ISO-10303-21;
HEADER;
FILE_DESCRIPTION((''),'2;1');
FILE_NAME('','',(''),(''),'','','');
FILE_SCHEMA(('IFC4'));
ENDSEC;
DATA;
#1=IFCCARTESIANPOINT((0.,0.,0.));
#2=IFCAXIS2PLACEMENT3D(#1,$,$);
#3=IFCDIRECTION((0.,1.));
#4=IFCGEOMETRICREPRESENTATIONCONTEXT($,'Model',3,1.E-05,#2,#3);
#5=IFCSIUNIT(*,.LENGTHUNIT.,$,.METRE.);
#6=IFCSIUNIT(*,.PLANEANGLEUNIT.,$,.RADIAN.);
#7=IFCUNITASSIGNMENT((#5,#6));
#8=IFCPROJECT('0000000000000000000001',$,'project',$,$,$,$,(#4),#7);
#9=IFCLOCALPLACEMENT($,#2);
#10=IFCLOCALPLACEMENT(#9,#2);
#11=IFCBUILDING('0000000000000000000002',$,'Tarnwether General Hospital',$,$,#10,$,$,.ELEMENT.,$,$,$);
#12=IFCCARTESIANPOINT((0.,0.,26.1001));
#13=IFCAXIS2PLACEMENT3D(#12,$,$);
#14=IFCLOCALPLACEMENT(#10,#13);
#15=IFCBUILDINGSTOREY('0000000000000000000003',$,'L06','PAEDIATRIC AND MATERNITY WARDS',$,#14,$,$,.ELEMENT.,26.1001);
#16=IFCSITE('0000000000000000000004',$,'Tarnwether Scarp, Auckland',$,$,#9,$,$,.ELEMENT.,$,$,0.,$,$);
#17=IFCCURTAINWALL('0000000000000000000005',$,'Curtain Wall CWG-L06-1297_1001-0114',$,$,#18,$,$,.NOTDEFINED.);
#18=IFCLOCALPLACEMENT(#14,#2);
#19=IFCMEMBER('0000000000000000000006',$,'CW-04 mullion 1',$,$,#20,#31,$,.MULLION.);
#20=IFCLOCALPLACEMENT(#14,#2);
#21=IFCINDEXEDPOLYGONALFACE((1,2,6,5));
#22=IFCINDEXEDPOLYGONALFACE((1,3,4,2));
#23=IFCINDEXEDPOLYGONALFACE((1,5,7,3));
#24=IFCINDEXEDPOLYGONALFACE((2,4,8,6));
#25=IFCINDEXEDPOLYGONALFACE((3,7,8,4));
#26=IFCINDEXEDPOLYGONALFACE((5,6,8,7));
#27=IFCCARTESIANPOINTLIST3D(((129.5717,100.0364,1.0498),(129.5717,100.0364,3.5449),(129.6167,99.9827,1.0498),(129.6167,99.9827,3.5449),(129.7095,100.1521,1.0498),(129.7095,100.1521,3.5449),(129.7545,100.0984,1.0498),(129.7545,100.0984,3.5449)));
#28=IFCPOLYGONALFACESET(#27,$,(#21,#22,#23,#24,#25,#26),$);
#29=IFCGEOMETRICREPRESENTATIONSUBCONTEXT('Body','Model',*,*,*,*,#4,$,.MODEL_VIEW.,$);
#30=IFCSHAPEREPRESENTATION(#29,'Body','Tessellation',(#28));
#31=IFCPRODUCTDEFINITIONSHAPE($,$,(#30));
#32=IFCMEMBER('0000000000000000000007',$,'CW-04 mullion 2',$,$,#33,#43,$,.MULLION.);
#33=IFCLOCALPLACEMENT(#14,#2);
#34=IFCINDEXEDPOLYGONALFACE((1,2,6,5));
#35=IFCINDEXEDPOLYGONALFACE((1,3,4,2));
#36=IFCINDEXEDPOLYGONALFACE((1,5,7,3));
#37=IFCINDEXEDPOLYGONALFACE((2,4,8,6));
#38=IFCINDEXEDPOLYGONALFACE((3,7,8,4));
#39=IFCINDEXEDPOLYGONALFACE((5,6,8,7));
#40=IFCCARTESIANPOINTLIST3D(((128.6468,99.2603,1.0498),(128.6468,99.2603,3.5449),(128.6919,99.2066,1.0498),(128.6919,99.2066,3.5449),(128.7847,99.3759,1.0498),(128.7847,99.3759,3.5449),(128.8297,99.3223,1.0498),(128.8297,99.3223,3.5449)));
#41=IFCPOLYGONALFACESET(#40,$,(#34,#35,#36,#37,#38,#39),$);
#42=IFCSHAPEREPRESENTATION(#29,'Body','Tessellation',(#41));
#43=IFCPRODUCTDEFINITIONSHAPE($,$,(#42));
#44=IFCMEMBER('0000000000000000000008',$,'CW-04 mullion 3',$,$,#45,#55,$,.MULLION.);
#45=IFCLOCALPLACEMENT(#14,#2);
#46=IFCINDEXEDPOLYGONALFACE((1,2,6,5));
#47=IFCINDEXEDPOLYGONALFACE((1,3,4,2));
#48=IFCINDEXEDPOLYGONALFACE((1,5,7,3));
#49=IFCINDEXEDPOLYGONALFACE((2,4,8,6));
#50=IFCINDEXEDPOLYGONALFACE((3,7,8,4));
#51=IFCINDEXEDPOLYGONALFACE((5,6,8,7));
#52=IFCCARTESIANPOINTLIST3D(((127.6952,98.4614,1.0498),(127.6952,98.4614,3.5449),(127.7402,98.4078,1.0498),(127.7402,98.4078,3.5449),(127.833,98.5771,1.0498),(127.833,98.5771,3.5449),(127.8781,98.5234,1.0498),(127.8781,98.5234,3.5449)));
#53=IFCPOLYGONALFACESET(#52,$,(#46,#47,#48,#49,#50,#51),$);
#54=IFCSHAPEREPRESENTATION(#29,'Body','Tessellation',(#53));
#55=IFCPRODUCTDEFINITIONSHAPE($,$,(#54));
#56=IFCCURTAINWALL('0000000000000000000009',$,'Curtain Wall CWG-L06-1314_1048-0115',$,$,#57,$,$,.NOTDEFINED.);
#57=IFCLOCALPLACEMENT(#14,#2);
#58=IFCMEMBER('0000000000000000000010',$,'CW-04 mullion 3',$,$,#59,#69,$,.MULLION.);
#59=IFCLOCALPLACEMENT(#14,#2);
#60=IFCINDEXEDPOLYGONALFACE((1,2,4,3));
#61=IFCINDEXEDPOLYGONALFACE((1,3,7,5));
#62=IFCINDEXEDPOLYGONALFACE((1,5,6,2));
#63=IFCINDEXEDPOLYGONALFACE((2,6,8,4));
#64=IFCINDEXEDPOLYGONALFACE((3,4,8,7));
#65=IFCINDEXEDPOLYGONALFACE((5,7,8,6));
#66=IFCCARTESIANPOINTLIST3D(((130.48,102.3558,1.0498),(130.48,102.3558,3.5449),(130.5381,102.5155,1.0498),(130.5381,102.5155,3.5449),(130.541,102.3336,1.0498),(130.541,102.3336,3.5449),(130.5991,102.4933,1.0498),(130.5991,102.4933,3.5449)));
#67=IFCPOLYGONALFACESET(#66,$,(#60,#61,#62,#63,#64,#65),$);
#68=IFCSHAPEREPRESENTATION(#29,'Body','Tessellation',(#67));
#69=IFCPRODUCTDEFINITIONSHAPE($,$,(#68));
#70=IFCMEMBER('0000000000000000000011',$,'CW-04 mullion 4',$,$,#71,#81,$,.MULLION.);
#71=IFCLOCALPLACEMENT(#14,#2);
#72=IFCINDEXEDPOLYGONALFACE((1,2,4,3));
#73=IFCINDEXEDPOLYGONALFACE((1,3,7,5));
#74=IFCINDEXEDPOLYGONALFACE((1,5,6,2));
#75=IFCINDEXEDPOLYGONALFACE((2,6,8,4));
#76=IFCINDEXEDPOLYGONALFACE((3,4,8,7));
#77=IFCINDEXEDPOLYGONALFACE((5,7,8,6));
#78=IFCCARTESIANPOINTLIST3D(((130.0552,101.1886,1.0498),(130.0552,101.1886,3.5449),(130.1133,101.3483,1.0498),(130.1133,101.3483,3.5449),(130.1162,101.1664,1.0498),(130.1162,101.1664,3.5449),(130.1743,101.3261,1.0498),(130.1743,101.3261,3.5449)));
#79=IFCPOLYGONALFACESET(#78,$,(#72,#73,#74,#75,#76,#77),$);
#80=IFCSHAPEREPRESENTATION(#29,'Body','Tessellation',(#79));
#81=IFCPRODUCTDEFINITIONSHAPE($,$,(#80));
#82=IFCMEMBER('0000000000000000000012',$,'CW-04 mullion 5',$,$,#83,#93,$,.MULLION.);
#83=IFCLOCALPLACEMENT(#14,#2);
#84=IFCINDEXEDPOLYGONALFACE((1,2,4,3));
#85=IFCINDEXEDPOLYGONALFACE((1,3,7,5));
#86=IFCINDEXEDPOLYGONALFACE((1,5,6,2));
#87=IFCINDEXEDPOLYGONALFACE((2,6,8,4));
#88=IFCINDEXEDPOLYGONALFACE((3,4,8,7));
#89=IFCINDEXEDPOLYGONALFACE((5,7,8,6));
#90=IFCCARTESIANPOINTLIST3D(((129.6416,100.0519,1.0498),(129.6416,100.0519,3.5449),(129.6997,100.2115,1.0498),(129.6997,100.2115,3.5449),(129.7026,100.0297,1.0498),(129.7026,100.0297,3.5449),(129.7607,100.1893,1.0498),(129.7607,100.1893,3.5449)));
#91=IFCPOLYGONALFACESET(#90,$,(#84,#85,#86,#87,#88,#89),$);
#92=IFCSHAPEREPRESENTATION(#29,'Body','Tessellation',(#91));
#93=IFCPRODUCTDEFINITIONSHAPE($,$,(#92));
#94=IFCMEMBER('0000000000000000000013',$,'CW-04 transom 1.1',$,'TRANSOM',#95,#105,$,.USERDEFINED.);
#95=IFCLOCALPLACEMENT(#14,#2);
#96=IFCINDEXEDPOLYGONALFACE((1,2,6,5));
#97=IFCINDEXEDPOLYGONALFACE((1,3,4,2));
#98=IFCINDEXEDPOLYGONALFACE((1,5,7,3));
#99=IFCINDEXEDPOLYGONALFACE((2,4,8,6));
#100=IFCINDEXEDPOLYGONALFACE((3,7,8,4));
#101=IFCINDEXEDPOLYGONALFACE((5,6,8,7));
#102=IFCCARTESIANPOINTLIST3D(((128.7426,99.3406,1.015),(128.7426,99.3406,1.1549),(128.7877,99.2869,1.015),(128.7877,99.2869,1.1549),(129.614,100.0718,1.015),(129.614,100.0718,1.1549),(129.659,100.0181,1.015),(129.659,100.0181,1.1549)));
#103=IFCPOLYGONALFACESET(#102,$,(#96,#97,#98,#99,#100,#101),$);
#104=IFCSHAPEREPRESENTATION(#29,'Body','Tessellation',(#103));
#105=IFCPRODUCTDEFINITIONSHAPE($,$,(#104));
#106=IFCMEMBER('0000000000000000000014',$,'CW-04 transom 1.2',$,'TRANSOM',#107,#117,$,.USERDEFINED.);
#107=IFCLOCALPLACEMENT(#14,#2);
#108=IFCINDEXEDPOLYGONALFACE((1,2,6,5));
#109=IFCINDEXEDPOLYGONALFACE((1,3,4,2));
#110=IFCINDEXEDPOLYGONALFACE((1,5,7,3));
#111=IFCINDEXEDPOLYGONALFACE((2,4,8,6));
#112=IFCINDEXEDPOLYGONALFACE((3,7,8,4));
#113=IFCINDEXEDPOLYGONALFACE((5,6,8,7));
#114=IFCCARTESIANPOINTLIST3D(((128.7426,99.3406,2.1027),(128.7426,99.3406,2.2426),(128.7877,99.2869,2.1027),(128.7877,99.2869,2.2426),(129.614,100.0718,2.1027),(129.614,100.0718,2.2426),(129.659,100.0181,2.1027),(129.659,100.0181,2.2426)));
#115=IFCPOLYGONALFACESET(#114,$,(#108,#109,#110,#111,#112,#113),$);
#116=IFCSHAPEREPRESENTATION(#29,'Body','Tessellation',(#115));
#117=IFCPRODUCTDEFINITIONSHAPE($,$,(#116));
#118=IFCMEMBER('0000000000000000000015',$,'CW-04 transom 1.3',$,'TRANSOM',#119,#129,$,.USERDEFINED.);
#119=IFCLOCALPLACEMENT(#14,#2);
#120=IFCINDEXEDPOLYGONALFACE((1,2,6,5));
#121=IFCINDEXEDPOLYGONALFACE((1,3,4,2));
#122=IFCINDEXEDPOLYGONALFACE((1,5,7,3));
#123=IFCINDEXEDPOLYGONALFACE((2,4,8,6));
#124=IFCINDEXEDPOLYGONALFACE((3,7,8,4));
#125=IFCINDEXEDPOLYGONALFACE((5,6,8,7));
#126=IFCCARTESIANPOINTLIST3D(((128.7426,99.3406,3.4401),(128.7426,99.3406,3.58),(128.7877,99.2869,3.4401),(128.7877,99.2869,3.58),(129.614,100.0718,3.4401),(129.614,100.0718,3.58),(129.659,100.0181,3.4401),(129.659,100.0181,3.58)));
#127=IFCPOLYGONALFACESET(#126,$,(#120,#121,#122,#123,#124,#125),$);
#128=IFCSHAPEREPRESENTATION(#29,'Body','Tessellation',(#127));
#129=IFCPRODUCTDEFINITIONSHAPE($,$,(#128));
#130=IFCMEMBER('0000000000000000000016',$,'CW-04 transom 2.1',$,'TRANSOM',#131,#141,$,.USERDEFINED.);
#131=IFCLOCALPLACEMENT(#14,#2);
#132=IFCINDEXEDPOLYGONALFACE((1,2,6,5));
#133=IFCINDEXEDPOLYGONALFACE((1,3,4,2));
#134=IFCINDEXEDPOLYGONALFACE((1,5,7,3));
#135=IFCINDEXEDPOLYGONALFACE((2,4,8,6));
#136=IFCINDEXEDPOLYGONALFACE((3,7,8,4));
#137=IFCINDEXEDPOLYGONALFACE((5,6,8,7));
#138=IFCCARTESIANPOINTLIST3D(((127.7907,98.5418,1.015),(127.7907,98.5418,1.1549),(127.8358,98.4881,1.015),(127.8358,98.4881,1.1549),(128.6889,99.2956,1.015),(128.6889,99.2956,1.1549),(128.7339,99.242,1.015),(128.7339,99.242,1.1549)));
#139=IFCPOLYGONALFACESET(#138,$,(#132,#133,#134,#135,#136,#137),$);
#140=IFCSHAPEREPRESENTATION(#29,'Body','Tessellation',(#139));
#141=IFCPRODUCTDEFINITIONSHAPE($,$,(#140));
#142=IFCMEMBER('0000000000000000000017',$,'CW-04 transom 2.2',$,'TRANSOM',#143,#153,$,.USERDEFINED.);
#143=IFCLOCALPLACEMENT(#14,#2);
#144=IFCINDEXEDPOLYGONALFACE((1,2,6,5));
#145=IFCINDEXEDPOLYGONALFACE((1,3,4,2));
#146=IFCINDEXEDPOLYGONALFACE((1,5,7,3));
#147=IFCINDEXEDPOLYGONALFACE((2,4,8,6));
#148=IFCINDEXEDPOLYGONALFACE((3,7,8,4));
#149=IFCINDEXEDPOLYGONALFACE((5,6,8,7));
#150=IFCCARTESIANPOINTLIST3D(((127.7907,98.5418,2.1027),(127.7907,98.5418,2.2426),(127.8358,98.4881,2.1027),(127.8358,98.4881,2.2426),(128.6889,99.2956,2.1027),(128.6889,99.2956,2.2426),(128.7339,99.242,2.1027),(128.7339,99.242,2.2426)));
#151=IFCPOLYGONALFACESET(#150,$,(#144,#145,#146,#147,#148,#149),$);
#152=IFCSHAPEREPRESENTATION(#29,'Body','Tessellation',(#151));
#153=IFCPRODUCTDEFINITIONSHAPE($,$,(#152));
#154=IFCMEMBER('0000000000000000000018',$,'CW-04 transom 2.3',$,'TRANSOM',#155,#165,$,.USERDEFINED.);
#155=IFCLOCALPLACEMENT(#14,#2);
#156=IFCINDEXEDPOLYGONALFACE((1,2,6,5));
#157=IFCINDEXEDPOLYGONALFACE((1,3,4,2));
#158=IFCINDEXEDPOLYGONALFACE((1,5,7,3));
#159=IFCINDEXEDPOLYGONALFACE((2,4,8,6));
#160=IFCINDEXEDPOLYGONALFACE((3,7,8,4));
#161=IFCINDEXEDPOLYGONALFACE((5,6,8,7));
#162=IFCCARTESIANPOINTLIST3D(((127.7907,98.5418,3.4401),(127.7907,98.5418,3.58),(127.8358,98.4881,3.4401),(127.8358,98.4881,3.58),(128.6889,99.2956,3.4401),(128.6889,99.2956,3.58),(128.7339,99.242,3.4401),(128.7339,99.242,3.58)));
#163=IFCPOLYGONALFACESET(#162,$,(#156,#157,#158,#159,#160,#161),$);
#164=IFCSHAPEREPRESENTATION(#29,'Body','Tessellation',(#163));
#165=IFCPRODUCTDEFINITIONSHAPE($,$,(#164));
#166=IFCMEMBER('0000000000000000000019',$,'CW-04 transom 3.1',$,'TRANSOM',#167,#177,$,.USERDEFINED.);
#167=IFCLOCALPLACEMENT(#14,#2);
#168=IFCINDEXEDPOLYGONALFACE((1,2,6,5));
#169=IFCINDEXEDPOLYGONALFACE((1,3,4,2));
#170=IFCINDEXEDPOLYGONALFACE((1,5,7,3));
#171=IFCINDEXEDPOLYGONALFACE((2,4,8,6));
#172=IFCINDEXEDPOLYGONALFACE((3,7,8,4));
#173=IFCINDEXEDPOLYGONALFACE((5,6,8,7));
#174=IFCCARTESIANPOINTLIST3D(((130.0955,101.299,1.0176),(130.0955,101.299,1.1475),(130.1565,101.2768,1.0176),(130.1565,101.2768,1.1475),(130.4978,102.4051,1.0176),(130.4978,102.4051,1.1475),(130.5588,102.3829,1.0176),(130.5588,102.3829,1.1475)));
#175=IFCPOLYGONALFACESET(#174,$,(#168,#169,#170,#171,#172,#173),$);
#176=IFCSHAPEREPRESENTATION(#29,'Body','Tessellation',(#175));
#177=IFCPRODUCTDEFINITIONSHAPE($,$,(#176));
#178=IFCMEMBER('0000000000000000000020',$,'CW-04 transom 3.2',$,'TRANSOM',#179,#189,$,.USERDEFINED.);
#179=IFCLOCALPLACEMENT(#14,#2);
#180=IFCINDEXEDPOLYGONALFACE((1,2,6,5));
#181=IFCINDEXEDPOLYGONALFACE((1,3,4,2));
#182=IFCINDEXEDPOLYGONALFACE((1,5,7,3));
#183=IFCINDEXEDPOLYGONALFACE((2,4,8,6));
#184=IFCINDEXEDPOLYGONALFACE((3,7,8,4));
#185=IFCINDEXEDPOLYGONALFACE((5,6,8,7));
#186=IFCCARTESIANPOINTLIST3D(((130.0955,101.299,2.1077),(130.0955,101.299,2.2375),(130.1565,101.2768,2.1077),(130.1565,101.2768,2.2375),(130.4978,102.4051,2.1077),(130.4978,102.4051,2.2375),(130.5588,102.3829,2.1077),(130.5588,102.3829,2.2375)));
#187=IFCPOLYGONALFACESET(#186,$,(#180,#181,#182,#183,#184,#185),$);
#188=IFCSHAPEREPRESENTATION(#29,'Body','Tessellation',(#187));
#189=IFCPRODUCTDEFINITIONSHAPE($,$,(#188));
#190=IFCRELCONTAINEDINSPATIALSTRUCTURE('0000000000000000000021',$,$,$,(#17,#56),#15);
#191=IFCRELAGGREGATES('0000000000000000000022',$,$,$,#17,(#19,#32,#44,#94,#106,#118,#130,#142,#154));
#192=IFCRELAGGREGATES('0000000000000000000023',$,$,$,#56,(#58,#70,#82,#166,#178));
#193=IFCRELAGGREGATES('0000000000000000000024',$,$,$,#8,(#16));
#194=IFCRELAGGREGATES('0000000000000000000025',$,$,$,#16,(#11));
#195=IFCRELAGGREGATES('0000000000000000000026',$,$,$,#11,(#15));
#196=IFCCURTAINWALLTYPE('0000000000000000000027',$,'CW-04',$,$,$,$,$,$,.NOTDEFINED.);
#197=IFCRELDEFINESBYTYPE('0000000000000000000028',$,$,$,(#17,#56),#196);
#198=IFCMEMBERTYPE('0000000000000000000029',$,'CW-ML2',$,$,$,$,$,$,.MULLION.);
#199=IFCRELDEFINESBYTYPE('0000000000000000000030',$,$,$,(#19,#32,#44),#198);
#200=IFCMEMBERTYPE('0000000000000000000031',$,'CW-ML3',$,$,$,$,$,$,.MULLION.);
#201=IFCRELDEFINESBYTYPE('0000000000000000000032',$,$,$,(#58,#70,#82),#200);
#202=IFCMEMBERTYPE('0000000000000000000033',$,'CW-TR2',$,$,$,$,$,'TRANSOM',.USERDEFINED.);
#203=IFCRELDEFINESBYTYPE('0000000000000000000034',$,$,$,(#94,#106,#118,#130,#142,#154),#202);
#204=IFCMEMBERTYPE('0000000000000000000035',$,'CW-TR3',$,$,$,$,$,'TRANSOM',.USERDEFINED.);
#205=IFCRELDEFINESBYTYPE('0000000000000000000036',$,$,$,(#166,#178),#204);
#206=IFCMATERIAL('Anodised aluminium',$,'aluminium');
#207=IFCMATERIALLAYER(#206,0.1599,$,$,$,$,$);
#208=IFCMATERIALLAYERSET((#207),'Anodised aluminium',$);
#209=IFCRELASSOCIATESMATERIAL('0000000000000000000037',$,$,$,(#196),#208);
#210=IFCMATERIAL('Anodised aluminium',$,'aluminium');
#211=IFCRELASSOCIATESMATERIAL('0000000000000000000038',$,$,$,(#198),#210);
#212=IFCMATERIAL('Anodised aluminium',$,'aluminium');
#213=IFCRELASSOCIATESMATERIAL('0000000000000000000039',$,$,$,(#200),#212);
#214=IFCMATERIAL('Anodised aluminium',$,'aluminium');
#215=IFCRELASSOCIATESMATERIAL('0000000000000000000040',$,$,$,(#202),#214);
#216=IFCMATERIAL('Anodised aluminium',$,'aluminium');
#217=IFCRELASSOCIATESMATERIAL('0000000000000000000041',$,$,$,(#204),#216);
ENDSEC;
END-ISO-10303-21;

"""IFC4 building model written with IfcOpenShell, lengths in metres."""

from ifc_helpers import new_model, si_unit, direction, frame, origin, origin_2d, place, context, subcontext, project, spatial, rectangle, extrude, material, layer, layer_set, material_profile, profile_set, type_object, element, aggregate, save


model = new_model("IFC4")

# Units and contexts
model_context = context("Model", 3, precision=1e-05, world=origin(), true_north=direction((0.0, 1.0)))
body_context = subcontext(model_context, "Body", "Model", "MODEL_VIEW")
ifc_project = project(units=[si_unit("LENGTHUNIT", "METRE"), si_unit("PLANEANGLEUNIT", "RADIAN")], contexts=[model_context])

# Site, building, storey
site_placement = place(None, origin())
site = spatial("IfcSite", under=ifc_project, at=site_placement, Name="Tarnwether Scarp, Auckland", CompositionType="ELEMENT", RefElevation=0.0)
building_placement = place(site_placement, origin())
building = spatial("IfcBuilding", under=site, at=building_placement, Name="Tarnwether General Hospital", CompositionType="ELEMENT")
storey_placement = place(building_placement, frame((0.0, 0.0, 26.1001)))
storey = spatial("IfcBuildingStorey", under=building, at=storey_placement, Name="L06", Description="PAEDIATRIC AND MATERNITY WARDS", CompositionType="ELEMENT", Elevation=26.1001)

# Curtain walls, members
ifc_material_1 = material(Name="Anodised aluminium", Category="aluminium")
ifc_layer_1 = layer(ifc_material_1, 0.1599)
ifc_layer_set_1 = layer_set([ifc_layer_1], Name="Anodised aluminium")
curtain_wall_type = type_object("IfcCurtainWallType", Name="CW-04", PredefinedType="NOTDEFINED", material=ifc_layer_set_1)
curtain_wall_1_placement = place(storey_placement, origin())
curtain_wall_1 = element("IfcCurtainWall", 1, at=curtain_wall_1_placement, inside=storey, type_object=curtain_wall_type, Name="Curtain Wall CWG-L06-1297_1001-0114", PredefinedType="NOTDEFINED")
ifc_material_2 = material(Name="Anodised aluminium", Category="aluminium")
ifc_material_profile_1 = material_profile(ifc_material_2, rectangle(XDim=0.0701, YDim=0.1799, at=origin_2d()), Name="ALU-MUL-70x180")
ifc_profile_set_1 = profile_set([ifc_material_profile_1], Name="Anodised aluminium")
member_type_1 = type_object("IfcMemberType", Name="CW-ML2", PredefinedType="MULLION", material=ifc_profile_set_1)
member_1_placement = place(storey_placement, frame((129.6631, 100.0674, 1.0498), z_axis=(0.0, 0.0, 1.0), x_axis=(0.642852, -0.76599, 0.0)))
member_1 = element("IfcMember", 2, at=member_1_placement, type_object=member_type_1, Name="CW-04 mullion 1", PredefinedType="MULLION", context=body_context, shape_type="SweptSolid", body=[
    extrude(rectangle(XDim=0.0701, YDim=0.1799, at=origin_2d()), origin(), (0.0, 0.0, 1.0), 2.4951),
])
member_2_placement = place(storey_placement, frame((128.7383, 99.2913, 1.0498), z_axis=(0.0, 0.0, 1.0), x_axis=(0.642852, -0.76599, 0.0)))
member_2 = element("IfcMember", 3, at=member_2_placement, type_object=member_type_1, Name="CW-04 mullion 2", PredefinedType="MULLION", context=body_context, shape_type="SweptSolid", body=[
    extrude(rectangle(XDim=0.0701, YDim=0.1799, at=origin_2d()), origin(), (0.0, 0.0, 1.0), 2.4951),
])
member_3_placement = place(storey_placement, frame((127.7866, 98.4924, 1.0498), z_axis=(0.0, 0.0, 1.0), x_axis=(0.642852, -0.76599, 0.0)))
member_3 = element("IfcMember", 4, at=member_3_placement, type_object=member_type_1, Name="CW-04 mullion 3", PredefinedType="MULLION", context=body_context, shape_type="SweptSolid", body=[
    extrude(rectangle(XDim=0.0701, YDim=0.1799, at=origin_2d()), origin(), (0.0, 0.0, 1.0), 2.4951),
])
curtain_wall_2_placement = place(storey_placement, origin())
curtain_wall_2 = element("IfcCurtainWall", 5, at=curtain_wall_2_placement, inside=storey, type_object=curtain_wall_type, Name="Curtain Wall CWG-L06-1314_1048-0115", PredefinedType="NOTDEFINED")
ifc_material_3 = material(Name="Anodised aluminium", Category="aluminium")
ifc_material_profile_2 = material_profile(ifc_material_3, rectangle(XDim=0.0649, YDim=0.1699, at=origin_2d()), Name="ALU-MUL-65x170")
ifc_profile_set_2 = profile_set([ifc_material_profile_2], Name="Anodised aluminium")
member_type_2 = type_object("IfcMemberType", Name="CW-ML3", PredefinedType="MULLION", material=ifc_profile_set_2)
member_4_placement = place(storey_placement, frame((130.5396, 102.4246, 1.0498), z_axis=(0.0, 0.0, 1.0), x_axis=(0.939717, -0.341953, 0.0)))
member_4 = element("IfcMember", 6, at=member_4_placement, type_object=member_type_2, Name="CW-04 mullion 3", PredefinedType="MULLION", context=body_context, shape_type="SweptSolid", body=[
    extrude(rectangle(XDim=0.0649, YDim=0.1699, at=origin_2d()), origin(), (0.0, 0.0, 1.0), 2.4951),
])
member_5_placement = place(storey_placement, frame((130.1147, 101.2573, 1.0498), z_axis=(0.0, 0.0, 1.0), x_axis=(0.939717, -0.341953, 0.0)))
member_5 = element("IfcMember", 7, at=member_5_placement, type_object=member_type_2, Name="CW-04 mullion 4", PredefinedType="MULLION", context=body_context, shape_type="SweptSolid", body=[
    extrude(rectangle(XDim=0.0649, YDim=0.1699, at=origin_2d()), origin(), (0.0, 0.0, 1.0), 2.4951),
])
member_6_placement = place(storey_placement, frame((129.7012, 100.1206, 1.0498), z_axis=(0.0, 0.0, 1.0), x_axis=(0.939717, -0.341953, 0.0)))
member_6 = element("IfcMember", 8, at=member_6_placement, type_object=member_type_2, Name="CW-04 mullion 5", PredefinedType="MULLION", context=body_context, shape_type="SweptSolid", body=[
    extrude(rectangle(XDim=0.0649, YDim=0.1699, at=origin_2d()), origin(), (0.0, 0.0, 1.0), 2.4951),
])

# Members
ifc_material_4 = material(Name="Anodised aluminium", Category="aluminium")
ifc_material_profile_3 = material_profile(ifc_material_4, rectangle(XDim=0.0701, YDim=0.1399, at=origin_2d()), Name="ALU-TRN-70x140")
ifc_profile_set_3 = profile_set([ifc_material_profile_3], Name="Anodised aluminium")
member_type_3 = type_object("IfcMemberType", Name="CW-TR2", ElementType="TRANSOM", PredefinedType="USERDEFINED", material=ifc_profile_set_3)
member_7_placement = place(storey_placement, frame((129.6365, 100.0449, 1.085), z_axis=(-0.766018, -0.64282, 0.0), x_axis=(0.64282, -0.766018, 0.0)))
member_7 = element("IfcMember", 9, at=member_7_placement, type_object=member_type_3, Name="CW-04 transom 1.1", ObjectType="TRANSOM", PredefinedType="USERDEFINED", context=body_context, shape_type="SweptSolid", body=[
    extrude(rectangle(XDim=0.0701, YDim=0.1399, at=origin_2d()), origin(), (0.0, 0.0, 1.0), 1.1375),
])
member_8_placement = place(storey_placement, frame((129.6365, 100.0449, 2.1726), z_axis=(-0.766018, -0.64282, 0.0), x_axis=(0.64282, -0.766018, 0.0)))
member_8 = element("IfcMember", 10, at=member_8_placement, type_object=member_type_3, Name="CW-04 transom 1.2", ObjectType="TRANSOM", PredefinedType="USERDEFINED", context=body_context, shape_type="SweptSolid", body=[
    extrude(rectangle(XDim=0.0701, YDim=0.1399, at=origin_2d()), origin(), (0.0, 0.0, 1.0), 1.1375),
])
member_9_placement = place(storey_placement, frame((129.6365, 100.0449, 3.51), z_axis=(-0.766018, -0.64282, 0.0), x_axis=(0.64282, -0.766018, 0.0)))
member_9 = element("IfcMember", 11, at=member_9_placement, type_object=member_type_3, Name="CW-04 transom 1.3", ObjectType="TRANSOM", PredefinedType="USERDEFINED", context=body_context, shape_type="SweptSolid", body=[
    extrude(rectangle(XDim=0.0701, YDim=0.1399, at=origin_2d()), origin(), (0.0, 0.0, 1.0), 1.1375),
])
member_10_placement = place(storey_placement, frame((128.7114, 99.2688, 1.085), z_axis=(-0.765947, -0.642904, 0.0), x_axis=(0.642904, -0.765947, 0.0)))
member_10 = element("IfcMember", 12, at=member_10_placement, type_object=member_type_3, Name="CW-04 transom 2.1", ObjectType="TRANSOM", PredefinedType="USERDEFINED", context=body_context, shape_type="SweptSolid", body=[
    extrude(rectangle(XDim=0.0701, YDim=0.1399, at=origin_2d()), origin(), (0.0, 0.0, 1.0), 1.1726),
])
member_11_placement = place(storey_placement, frame((128.7114, 99.2688, 2.1726), z_axis=(-0.765947, -0.642904, 0.0), x_axis=(0.642904, -0.765947, 0.0)))
member_11 = element("IfcMember", 13, at=member_11_placement, type_object=member_type_3, Name="CW-04 transom 2.2", ObjectType="TRANSOM", PredefinedType="USERDEFINED", context=body_context, shape_type="SweptSolid", body=[
    extrude(rectangle(XDim=0.0701, YDim=0.1399, at=origin_2d()), origin(), (0.0, 0.0, 1.0), 1.1726),
])
member_12_placement = place(storey_placement, frame((128.7114, 99.2688, 3.51), z_axis=(-0.765947, -0.642904, 0.0), x_axis=(0.642904, -0.765947, 0.0)))
member_12 = element("IfcMember", 14, at=member_12_placement, type_object=member_type_3, Name="CW-04 transom 2.3", ObjectType="TRANSOM", PredefinedType="USERDEFINED", context=body_context, shape_type="SweptSolid", body=[
    extrude(rectangle(XDim=0.0701, YDim=0.1399, at=origin_2d()), origin(), (0.0, 0.0, 1.0), 1.1726),
])
ifc_material_5 = material(Name="Anodised aluminium", Category="aluminium")
ifc_material_profile_4 = material_profile(ifc_material_5, rectangle(XDim=0.0649, YDim=0.1299, at=origin_2d()), Name="ALU-TRN-65x130")
ifc_profile_set_4 = profile_set([ifc_material_profile_4], Name="Anodised aluminium")
member_type_4 = type_object("IfcMemberType", Name="CW-TR3", ElementType="TRANSOM", PredefinedType="USERDEFINED", material=ifc_profile_set_4)
member_13_placement = place(storey_placement, frame((130.5283, 102.394, 1.0825), z_axis=(-0.34181, -0.939769, 0.0), x_axis=(0.939769, -0.34181, 0.0)))
member_13 = element("IfcMember", 15, at=member_13_placement, type_object=member_type_4, Name="CW-04 transom 3.1", ObjectType="TRANSOM", PredefinedType="USERDEFINED", context=body_context, shape_type="SweptSolid", body=[
    extrude(rectangle(XDim=0.0649, YDim=0.1299, at=origin_2d()), origin(), (0.0, 0.0, 1.0), 1.177),
])
member_14_placement = place(storey_placement, frame((130.5283, 102.394, 2.1726), z_axis=(-0.34181, -0.939769, 0.0), x_axis=(0.939769, -0.34181, 0.0)))
member_14 = element("IfcMember", 16, at=member_14_placement, type_object=member_type_4, Name="CW-04 transom 3.2", ObjectType="TRANSOM", PredefinedType="USERDEFINED", context=body_context, shape_type="SweptSolid", body=[
    extrude(rectangle(XDim=0.0649, YDim=0.1299, at=origin_2d()), origin(), (0.0, 0.0, 1.0), 1.177),
])

aggregate(curtain_wall_1, [member_1, member_2, member_3, member_7, member_8, member_9, member_10, member_11, member_12])
aggregate(curtain_wall_2, [member_4, member_5, member_6, member_13, member_14])

save(model, "model.ifc")
